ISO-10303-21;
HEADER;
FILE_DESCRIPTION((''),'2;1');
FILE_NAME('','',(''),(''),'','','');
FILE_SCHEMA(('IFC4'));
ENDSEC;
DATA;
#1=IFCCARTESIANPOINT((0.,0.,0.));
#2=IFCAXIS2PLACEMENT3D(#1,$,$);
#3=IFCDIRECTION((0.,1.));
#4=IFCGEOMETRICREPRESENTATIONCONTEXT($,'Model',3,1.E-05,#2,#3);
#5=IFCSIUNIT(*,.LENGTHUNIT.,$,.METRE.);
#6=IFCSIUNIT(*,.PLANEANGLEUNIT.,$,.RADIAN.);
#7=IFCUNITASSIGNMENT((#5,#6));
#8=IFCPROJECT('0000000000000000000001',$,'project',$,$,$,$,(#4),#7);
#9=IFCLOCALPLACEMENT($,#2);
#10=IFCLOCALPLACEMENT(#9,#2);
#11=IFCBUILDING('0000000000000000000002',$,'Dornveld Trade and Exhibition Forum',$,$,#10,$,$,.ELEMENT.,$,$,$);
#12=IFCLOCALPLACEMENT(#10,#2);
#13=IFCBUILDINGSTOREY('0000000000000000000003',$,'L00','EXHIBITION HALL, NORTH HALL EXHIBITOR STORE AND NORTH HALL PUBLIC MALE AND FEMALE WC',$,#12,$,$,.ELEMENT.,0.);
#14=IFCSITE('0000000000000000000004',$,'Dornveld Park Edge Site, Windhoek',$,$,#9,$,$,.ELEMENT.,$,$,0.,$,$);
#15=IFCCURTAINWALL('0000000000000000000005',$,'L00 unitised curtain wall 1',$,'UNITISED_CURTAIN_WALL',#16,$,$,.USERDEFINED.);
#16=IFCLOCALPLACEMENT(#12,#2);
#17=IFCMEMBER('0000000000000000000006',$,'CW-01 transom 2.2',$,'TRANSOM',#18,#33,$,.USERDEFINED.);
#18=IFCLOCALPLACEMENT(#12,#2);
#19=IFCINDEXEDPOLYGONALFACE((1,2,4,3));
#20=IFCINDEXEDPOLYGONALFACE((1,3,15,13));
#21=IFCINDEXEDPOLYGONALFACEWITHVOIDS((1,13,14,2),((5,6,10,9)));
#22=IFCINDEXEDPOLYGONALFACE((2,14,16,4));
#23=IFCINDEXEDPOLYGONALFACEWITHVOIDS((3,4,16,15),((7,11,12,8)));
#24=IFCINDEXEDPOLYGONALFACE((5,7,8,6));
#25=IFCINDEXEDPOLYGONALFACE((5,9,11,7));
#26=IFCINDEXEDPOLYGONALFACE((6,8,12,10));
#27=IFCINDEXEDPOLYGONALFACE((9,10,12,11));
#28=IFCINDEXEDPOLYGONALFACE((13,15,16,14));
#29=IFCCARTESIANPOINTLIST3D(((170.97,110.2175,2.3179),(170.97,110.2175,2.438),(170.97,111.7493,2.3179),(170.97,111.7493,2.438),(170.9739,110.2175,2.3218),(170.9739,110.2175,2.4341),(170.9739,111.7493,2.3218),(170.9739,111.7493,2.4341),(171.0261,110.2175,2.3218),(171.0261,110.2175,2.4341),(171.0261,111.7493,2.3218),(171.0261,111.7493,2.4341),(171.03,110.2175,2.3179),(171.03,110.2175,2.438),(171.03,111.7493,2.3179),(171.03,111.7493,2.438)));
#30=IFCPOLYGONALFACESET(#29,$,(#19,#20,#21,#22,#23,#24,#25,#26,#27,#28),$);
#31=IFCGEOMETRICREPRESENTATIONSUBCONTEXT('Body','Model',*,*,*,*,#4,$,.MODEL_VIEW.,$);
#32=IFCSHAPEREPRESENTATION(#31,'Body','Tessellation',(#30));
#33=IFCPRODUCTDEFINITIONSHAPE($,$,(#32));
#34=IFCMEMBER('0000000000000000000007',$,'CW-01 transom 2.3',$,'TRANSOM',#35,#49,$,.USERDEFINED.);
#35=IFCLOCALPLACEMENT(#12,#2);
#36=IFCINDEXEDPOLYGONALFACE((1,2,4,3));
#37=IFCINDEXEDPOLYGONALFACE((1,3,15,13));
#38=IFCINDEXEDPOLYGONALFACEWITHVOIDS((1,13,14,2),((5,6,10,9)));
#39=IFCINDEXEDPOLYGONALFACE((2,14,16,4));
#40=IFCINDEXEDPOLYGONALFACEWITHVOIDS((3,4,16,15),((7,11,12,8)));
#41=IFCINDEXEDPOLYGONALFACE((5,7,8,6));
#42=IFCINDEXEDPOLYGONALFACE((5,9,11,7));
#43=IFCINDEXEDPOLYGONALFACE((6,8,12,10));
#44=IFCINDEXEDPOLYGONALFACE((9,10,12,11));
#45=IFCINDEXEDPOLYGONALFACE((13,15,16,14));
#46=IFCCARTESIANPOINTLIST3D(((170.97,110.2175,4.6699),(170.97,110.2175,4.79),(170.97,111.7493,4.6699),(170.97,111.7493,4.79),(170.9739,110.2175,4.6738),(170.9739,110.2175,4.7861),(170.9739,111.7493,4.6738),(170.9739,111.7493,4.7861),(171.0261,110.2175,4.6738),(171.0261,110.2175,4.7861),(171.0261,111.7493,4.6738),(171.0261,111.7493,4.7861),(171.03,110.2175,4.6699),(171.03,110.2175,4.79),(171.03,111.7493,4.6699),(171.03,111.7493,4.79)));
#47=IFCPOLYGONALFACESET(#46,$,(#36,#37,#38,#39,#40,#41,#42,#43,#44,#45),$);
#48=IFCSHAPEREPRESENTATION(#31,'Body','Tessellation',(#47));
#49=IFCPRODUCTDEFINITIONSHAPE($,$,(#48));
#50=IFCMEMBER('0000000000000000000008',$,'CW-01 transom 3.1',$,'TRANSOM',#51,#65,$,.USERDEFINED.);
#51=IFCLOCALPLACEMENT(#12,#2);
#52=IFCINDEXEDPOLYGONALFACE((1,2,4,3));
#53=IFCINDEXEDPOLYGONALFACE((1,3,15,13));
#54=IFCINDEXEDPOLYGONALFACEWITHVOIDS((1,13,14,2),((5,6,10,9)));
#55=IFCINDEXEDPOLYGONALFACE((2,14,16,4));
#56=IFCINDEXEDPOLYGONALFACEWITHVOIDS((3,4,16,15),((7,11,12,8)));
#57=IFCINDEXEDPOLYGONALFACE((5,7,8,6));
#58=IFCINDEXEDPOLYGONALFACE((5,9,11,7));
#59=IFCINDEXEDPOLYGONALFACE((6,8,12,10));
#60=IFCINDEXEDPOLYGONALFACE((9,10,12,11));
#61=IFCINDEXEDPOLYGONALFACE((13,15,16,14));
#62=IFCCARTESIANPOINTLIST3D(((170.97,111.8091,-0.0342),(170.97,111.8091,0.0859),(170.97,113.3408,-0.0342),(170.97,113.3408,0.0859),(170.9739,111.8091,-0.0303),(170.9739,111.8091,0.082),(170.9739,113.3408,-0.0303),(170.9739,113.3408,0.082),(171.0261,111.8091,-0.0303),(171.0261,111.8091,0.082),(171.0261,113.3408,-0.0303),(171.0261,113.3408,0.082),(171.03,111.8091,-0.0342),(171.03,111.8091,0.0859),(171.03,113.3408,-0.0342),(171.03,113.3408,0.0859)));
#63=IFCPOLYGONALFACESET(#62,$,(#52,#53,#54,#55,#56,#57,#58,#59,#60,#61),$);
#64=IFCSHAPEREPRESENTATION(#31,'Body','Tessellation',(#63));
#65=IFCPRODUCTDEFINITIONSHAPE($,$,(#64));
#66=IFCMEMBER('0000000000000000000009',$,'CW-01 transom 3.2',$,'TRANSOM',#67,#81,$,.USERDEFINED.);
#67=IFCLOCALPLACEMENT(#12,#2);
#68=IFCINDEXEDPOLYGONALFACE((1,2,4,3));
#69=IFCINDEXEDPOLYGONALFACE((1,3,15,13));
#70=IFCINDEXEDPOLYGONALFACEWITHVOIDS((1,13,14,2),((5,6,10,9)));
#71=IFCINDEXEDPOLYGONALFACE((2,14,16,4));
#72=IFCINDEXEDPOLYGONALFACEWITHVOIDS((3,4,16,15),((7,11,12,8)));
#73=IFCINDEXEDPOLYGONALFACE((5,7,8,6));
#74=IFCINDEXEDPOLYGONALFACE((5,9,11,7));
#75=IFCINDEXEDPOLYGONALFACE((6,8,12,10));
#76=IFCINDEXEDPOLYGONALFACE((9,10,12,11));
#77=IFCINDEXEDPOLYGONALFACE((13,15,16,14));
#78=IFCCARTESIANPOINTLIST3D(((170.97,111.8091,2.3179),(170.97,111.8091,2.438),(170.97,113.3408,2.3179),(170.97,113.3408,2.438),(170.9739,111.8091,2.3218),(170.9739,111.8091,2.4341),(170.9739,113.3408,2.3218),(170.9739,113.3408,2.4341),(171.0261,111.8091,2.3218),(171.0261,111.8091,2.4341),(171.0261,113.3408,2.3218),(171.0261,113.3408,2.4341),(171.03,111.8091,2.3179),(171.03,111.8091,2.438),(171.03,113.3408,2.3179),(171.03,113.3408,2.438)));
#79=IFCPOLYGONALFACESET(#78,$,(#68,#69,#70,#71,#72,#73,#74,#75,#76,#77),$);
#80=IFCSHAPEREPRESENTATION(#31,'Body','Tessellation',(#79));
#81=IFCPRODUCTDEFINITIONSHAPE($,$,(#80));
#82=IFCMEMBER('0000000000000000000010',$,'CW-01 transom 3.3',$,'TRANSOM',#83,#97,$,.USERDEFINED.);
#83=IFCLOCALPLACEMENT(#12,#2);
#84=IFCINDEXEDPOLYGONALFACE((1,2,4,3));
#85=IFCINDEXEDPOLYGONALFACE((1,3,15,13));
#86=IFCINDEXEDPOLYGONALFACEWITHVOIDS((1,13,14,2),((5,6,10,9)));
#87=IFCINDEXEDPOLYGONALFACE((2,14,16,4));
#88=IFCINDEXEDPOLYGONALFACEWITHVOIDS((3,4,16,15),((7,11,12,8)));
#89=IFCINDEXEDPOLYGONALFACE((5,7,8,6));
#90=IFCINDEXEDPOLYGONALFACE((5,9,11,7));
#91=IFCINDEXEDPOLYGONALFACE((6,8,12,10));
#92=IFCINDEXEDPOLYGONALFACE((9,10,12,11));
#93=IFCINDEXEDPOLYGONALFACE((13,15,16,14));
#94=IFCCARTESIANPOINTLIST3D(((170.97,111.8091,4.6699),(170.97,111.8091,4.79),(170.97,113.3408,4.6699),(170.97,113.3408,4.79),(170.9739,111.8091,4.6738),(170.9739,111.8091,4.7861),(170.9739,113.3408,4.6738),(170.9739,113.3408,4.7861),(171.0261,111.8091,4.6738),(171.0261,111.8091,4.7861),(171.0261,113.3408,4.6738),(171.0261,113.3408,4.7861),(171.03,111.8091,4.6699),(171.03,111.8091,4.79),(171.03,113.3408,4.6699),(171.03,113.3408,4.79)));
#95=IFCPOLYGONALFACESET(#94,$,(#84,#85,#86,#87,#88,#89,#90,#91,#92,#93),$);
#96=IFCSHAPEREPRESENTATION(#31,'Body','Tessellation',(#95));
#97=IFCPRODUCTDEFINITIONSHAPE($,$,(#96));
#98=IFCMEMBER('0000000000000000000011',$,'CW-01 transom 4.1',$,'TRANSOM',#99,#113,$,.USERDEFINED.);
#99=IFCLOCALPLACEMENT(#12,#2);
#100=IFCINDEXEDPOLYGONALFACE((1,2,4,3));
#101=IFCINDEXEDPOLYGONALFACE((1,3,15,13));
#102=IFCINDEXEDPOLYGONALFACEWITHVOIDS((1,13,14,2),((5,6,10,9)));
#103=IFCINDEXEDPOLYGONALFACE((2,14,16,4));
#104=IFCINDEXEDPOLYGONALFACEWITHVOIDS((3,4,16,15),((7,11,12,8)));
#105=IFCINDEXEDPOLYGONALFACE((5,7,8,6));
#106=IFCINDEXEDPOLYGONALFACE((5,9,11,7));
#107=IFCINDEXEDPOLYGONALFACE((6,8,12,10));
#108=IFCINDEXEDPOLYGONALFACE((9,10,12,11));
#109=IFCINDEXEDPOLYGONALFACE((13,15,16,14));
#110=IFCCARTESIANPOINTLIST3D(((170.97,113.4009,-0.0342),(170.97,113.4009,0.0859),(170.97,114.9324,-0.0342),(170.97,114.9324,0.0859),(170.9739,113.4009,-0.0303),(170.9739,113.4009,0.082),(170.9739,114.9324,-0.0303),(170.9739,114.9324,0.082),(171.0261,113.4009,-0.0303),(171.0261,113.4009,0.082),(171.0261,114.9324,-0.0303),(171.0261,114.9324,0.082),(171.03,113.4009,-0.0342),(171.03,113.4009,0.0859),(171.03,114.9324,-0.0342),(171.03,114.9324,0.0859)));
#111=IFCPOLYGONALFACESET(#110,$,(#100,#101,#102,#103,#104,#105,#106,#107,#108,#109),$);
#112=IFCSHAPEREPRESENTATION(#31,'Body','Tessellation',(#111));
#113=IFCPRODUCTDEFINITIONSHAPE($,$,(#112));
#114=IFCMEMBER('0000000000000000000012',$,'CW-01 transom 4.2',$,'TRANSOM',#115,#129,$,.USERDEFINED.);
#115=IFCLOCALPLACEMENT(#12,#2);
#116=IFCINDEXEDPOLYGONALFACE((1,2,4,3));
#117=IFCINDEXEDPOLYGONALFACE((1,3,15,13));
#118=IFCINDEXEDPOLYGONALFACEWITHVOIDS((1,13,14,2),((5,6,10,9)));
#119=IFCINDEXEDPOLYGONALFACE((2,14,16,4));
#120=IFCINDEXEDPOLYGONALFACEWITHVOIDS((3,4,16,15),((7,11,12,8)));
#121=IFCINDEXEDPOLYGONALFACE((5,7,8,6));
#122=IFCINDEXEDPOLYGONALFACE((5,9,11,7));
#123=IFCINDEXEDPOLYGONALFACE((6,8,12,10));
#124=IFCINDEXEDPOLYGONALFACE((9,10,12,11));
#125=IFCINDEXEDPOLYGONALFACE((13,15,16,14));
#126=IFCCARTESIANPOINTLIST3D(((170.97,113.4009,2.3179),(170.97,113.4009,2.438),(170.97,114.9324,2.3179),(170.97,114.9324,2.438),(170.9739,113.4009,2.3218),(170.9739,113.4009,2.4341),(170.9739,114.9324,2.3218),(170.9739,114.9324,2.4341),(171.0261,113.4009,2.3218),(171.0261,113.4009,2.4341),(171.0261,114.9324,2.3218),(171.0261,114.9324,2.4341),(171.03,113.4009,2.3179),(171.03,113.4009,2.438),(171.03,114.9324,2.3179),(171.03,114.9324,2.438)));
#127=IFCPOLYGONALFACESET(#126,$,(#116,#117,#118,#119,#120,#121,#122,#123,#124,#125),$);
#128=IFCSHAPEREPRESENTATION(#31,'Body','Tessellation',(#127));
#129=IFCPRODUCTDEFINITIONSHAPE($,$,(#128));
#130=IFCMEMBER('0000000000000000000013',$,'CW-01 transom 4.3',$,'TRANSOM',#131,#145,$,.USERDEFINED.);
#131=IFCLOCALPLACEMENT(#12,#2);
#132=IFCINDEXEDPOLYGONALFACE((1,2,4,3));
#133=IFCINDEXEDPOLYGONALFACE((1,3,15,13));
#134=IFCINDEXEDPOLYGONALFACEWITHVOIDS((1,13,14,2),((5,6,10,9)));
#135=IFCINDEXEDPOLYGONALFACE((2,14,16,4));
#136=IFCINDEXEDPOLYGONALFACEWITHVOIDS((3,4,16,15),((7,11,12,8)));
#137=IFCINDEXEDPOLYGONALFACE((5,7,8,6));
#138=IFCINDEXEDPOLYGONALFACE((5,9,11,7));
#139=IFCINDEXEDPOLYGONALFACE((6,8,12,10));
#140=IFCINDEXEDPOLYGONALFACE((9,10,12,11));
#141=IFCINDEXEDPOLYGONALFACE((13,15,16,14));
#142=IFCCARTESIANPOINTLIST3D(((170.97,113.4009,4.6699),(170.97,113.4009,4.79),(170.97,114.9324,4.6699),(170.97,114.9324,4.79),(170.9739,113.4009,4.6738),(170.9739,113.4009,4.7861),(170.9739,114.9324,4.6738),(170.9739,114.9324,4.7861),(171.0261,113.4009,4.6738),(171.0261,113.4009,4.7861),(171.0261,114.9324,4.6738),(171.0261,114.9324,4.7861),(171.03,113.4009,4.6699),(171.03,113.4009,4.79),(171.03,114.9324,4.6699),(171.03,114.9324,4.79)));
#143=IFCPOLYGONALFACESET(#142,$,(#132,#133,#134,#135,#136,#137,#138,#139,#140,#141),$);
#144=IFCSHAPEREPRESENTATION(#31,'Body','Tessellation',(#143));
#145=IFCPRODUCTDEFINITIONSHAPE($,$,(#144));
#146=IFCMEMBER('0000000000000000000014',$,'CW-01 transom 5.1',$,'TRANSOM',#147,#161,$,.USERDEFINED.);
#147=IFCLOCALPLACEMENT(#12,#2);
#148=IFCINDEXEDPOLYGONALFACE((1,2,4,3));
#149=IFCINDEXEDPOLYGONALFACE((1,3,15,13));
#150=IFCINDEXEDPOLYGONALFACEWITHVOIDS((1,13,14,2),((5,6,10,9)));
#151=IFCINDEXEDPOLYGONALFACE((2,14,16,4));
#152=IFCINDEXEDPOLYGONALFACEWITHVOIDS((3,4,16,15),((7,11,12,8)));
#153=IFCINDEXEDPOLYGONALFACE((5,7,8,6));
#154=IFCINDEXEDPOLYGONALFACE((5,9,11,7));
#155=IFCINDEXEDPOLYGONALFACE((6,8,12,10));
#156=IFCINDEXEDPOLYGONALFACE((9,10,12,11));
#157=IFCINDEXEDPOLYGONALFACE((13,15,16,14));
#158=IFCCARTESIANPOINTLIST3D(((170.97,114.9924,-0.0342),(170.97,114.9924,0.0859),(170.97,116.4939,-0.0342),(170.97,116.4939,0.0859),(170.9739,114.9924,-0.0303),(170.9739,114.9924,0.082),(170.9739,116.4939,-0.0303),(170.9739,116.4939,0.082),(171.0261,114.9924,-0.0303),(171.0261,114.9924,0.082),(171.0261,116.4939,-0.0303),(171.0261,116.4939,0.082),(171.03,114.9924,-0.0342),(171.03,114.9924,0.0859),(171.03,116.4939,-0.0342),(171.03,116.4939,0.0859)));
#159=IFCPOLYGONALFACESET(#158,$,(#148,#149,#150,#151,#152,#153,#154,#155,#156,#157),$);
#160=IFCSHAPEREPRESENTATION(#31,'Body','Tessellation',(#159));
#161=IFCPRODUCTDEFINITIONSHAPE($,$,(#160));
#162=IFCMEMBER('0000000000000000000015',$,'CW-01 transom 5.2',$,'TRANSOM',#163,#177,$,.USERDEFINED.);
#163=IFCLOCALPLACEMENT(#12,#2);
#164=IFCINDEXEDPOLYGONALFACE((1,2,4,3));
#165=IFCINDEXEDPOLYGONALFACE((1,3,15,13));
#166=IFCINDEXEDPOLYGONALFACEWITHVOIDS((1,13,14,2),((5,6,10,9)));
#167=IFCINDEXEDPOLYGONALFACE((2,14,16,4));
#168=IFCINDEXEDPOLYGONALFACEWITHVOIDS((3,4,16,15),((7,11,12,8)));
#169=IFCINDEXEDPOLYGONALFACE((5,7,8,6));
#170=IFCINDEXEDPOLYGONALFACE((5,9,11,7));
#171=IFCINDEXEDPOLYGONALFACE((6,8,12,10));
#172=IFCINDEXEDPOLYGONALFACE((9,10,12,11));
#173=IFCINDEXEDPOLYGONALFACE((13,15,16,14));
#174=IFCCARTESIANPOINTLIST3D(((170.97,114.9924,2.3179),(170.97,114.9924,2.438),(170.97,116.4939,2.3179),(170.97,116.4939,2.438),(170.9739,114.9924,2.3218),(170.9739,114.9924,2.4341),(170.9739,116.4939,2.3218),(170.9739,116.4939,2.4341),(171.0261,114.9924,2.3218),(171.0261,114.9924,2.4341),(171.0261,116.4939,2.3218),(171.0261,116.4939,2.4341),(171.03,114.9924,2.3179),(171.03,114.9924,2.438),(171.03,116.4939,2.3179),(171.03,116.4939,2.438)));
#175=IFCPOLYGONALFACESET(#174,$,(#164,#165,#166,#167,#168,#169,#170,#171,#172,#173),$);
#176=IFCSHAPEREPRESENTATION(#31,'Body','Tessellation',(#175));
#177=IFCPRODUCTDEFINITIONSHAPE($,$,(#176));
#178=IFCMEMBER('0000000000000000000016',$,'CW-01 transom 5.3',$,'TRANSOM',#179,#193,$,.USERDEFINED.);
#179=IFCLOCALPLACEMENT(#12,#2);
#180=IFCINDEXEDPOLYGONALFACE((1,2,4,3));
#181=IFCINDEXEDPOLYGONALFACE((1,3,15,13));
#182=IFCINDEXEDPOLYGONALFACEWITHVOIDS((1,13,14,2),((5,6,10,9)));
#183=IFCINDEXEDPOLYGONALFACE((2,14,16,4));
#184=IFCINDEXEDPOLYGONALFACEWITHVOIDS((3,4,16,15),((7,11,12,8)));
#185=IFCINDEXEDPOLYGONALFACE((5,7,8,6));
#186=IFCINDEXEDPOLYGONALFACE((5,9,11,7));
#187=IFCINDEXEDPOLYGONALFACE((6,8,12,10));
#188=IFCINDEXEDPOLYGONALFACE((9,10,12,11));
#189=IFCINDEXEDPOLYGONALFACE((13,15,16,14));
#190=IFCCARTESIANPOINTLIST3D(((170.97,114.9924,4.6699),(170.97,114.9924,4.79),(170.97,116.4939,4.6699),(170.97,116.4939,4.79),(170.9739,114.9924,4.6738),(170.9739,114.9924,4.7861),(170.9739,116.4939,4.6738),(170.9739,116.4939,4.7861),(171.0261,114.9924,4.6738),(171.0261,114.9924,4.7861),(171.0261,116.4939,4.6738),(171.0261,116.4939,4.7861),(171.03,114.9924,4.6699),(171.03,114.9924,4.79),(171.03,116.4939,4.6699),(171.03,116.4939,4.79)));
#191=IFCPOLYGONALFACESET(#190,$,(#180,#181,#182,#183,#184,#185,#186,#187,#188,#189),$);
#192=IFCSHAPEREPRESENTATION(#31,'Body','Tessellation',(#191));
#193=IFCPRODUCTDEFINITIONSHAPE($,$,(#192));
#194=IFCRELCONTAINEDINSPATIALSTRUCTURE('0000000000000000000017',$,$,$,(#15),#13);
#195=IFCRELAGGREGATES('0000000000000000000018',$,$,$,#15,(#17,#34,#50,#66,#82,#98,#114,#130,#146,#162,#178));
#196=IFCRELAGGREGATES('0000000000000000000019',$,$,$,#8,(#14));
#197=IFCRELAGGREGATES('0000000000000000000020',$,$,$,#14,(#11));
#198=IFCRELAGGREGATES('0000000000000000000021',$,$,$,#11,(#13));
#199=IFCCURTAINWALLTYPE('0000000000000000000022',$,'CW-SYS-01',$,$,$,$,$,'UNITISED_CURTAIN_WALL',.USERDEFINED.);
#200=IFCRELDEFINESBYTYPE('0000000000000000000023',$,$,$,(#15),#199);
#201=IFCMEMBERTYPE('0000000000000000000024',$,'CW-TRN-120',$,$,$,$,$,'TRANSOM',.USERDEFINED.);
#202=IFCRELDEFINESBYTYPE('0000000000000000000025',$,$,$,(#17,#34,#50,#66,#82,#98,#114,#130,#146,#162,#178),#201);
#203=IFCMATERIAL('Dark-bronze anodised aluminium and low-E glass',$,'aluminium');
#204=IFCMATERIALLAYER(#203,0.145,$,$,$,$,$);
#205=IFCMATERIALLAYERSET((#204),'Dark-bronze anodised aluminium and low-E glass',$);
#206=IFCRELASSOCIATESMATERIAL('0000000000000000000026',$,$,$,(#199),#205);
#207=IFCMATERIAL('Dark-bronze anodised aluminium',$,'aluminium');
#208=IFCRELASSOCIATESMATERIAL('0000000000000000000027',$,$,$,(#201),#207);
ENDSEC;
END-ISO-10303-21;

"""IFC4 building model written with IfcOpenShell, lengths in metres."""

from ifc_helpers import new_model, si_unit, direction, frame, origin, origin_2d, place, context, subcontext, project, spatial, hollow_rectangle, extrude, material, layer, layer_set, material_profile, profile_set, type_object, element, aggregate, save


model = new_model("IFC4")

# Units and contexts
model_context = context("Model", 3, precision=1e-05, world=origin(), true_north=direction((0.0, 1.0)))
body_context = subcontext(model_context, "Body", "Model", "MODEL_VIEW")
ifc_project = project(units=[si_unit("LENGTHUNIT", "METRE"), si_unit("PLANEANGLEUNIT", "RADIAN")], contexts=[model_context])

# Site, building, storey
site_placement = place(None, origin())
site = spatial("IfcSite", under=ifc_project, at=site_placement, Name="Dornveld Park Edge Site, Windhoek", CompositionType="ELEMENT", RefElevation=0.0)
building_placement = place(site_placement, origin())
building = spatial("IfcBuilding", under=site, at=building_placement, Name="Dornveld Trade and Exhibition Forum", CompositionType="ELEMENT")
storey_placement = place(building_placement, origin())
storey = spatial("IfcBuildingStorey", under=building, at=storey_placement, Name="L00", Description="EXHIBITION HALL, NORTH HALL EXHIBITOR STORE AND NORTH HALL PUBLIC MALE AND FEMALE WC", CompositionType="ELEMENT", Elevation=0.0)

# Curtain wall, members
ifc_material_1 = material(Name="Dark-bronze anodised aluminium and low-E glass", Category="aluminium")
ifc_layer_1 = layer(ifc_material_1, 0.145)
ifc_layer_set_1 = layer_set([ifc_layer_1], Name="Dark-bronze anodised aluminium and low-E glass")
curtain_wall_type = type_object("IfcCurtainWallType", Name="CW-SYS-01", ElementType="UNITISED_CURTAIN_WALL", PredefinedType="USERDEFINED", material=ifc_layer_set_1)
curtain_wall_placement = place(storey_placement, origin())
curtain_wall = element("IfcCurtainWall", 1, at=curtain_wall_placement, inside=storey, type_object=curtain_wall_type, Name="L00 unitised curtain wall 1", ObjectType="UNITISED_CURTAIN_WALL", PredefinedType="USERDEFINED")
ifc_material_2 = material(Name="Dark-bronze anodised aluminium", Category="aluminium")
ifc_material_profile_1 = material_profile(ifc_material_2, hollow_rectangle(XDim=0.0601, YDim=0.1201, WallThickness=0.0039, at=origin_2d()), Name="RHS 120x60x4")
ifc_profile_set_1 = profile_set([ifc_material_profile_1], Name="Dark-bronze anodised aluminium")
member_type_1 = type_object("IfcMemberType", Name="CW-TRN-120", ElementType="TRANSOM", PredefinedType="USERDEFINED", material=ifc_profile_set_1)
member_1_placement = place(storey_placement, frame((171.0, 110.2175, 2.3779), z_axis=(0.0, 1.0, 0.0), x_axis=(-1.0, 0.0, 0.0)))
member_1 = element("IfcMember", 2, at=member_1_placement, type_object=member_type_1, Name="CW-01 transom 2.2", ObjectType="TRANSOM", PredefinedType="USERDEFINED", context=body_context, shape_type="SweptSolid", body=[
    extrude(hollow_rectangle(XDim=0.0601, YDim=0.1201, WallThickness=0.0039, at=origin_2d()), origin(), (0.0, 0.0, 1.0), 1.5317),
])
member_2_placement = place(storey_placement, frame((171.0, 110.2175, 4.73), z_axis=(0.0, 1.0, 0.0), x_axis=(-1.0, 0.0, 0.0)))
member_2 = element("IfcMember", 3, at=member_2_placement, type_object=member_type_1, Name="CW-01 transom 2.3", ObjectType="TRANSOM", PredefinedType="USERDEFINED", context=body_context, shape_type="SweptSolid", body=[
    extrude(hollow_rectangle(XDim=0.0601, YDim=0.1201, WallThickness=0.0039, at=origin_2d()), origin(), (0.0, 0.0, 1.0), 1.5317),
])
member_3_placement = place(storey_placement, frame((171.0, 111.8091, 0.0259), z_axis=(0.0, 1.0, 0.0), x_axis=(-1.0, 0.0, 0.0)))
member_3 = element("IfcMember", 4, at=member_3_placement, type_object=member_type_1, Name="CW-01 transom 3.1", ObjectType="TRANSOM", PredefinedType="USERDEFINED", context=body_context, shape_type="SweptSolid", body=[
    extrude(hollow_rectangle(XDim=0.0601, YDim=0.1201, WallThickness=0.0039, at=origin_2d()), origin(), (0.0, 0.0, 1.0), 1.5317),
])
member_4_placement = place(storey_placement, frame((171.0, 111.8091, 2.3779), z_axis=(0.0, 1.0, 0.0), x_axis=(-1.0, 0.0, 0.0)))
member_4 = element("IfcMember", 5, at=member_4_placement, type_object=member_type_1, Name="CW-01 transom 3.2", ObjectType="TRANSOM", PredefinedType="USERDEFINED", context=body_context, shape_type="SweptSolid", body=[
    extrude(hollow_rectangle(XDim=0.0601, YDim=0.1201, WallThickness=0.0039, at=origin_2d()), origin(), (0.0, 0.0, 1.0), 1.5317),
])
member_5_placement = place(storey_placement, frame((171.0, 111.8091, 4.73), z_axis=(0.0, 1.0, 0.0), x_axis=(-1.0, 0.0, 0.0)))
member_5 = element("IfcMember", 6, at=member_5_placement, type_object=member_type_1, Name="CW-01 transom 3.3", ObjectType="TRANSOM", PredefinedType="USERDEFINED", context=body_context, shape_type="SweptSolid", body=[
    extrude(hollow_rectangle(XDim=0.0601, YDim=0.1201, WallThickness=0.0039, at=origin_2d()), origin(), (0.0, 0.0, 1.0), 1.5317),
])
member_6_placement = place(storey_placement, frame((171.0, 113.4009, 0.0259), z_axis=(0.0, 1.0, 0.0), x_axis=(-1.0, 0.0, 0.0)))
member_6 = element("IfcMember", 7, at=member_6_placement, type_object=member_type_1, Name="CW-01 transom 4.1", ObjectType="TRANSOM", PredefinedType="USERDEFINED", context=body_context, shape_type="SweptSolid", body=[
    extrude(hollow_rectangle(XDim=0.0601, YDim=0.1201, WallThickness=0.0039, at=origin_2d()), origin(), (0.0, 0.0, 1.0), 1.5315),
])
member_7_placement = place(storey_placement, frame((171.0, 113.4009, 2.3779), z_axis=(0.0, 1.0, 0.0), x_axis=(-1.0, 0.0, 0.0)))
member_7 = element("IfcMember", 8, at=member_7_placement, type_object=member_type_1, Name="CW-01 transom 4.2", ObjectType="TRANSOM", PredefinedType="USERDEFINED", context=body_context, shape_type="SweptSolid", body=[
    extrude(hollow_rectangle(XDim=0.0601, YDim=0.1201, WallThickness=0.0039, at=origin_2d()), origin(), (0.0, 0.0, 1.0), 1.5315),
])
member_8_placement = place(storey_placement, frame((171.0, 113.4009, 4.73), z_axis=(0.0, 1.0, 0.0), x_axis=(-1.0, 0.0, 0.0)))
member_8 = element("IfcMember", 9, at=member_8_placement, type_object=member_type_1, Name="CW-01 transom 4.3", ObjectType="TRANSOM", PredefinedType="USERDEFINED", context=body_context, shape_type="SweptSolid", body=[
    extrude(hollow_rectangle(XDim=0.0601, YDim=0.1201, WallThickness=0.0039, at=origin_2d()), origin(), (0.0, 0.0, 1.0), 1.5315),
])
member_9_placement = place(storey_placement, frame((171.0, 114.9924, 0.0259), z_axis=(0.0, 1.0, 0.0), x_axis=(-1.0, 0.0, 0.0)))
member_9 = element("IfcMember", 10, at=member_9_placement, type_object=member_type_1, Name="CW-01 transom 5.1", ObjectType="TRANSOM", PredefinedType="USERDEFINED", context=body_context, shape_type="SweptSolid", body=[
    extrude(hollow_rectangle(XDim=0.0601, YDim=0.1201, WallThickness=0.0039, at=origin_2d()), origin(), (0.0, 0.0, 1.0), 1.5015),
])
member_10_placement = place(storey_placement, frame((171.0, 114.9924, 2.3779), z_axis=(0.0, 1.0, 0.0), x_axis=(-1.0, 0.0, 0.0)))
member_10 = element("IfcMember", 11, at=member_10_placement, type_object=member_type_1, Name="CW-01 transom 5.2", ObjectType="TRANSOM", PredefinedType="USERDEFINED", context=body_context, shape_type="SweptSolid", body=[
    extrude(hollow_rectangle(XDim=0.0601, YDim=0.1201, WallThickness=0.0039, at=origin_2d()), origin(), (0.0, 0.0, 1.0), 1.5015),
])
member_11_placement = place(storey_placement, frame((171.0, 114.9924, 4.73), z_axis=(0.0, 1.0, 0.0), x_axis=(-1.0, 0.0, 0.0)))
member_11 = element("IfcMember", 12, at=member_11_placement, type_object=member_type_1, Name="CW-01 transom 5.3", ObjectType="TRANSOM", PredefinedType="USERDEFINED", context=body_context, shape_type="SweptSolid", body=[
    extrude(hollow_rectangle(XDim=0.0601, YDim=0.1201, WallThickness=0.0039, at=origin_2d()), origin(), (0.0, 0.0, 1.0), 1.5015),
])
aggregate(curtain_wall, [member_1, member_2, member_3, member_4, member_5, member_6, member_7, member_8, member_9, member_10, member_11])

save(model, "model.ifc")
